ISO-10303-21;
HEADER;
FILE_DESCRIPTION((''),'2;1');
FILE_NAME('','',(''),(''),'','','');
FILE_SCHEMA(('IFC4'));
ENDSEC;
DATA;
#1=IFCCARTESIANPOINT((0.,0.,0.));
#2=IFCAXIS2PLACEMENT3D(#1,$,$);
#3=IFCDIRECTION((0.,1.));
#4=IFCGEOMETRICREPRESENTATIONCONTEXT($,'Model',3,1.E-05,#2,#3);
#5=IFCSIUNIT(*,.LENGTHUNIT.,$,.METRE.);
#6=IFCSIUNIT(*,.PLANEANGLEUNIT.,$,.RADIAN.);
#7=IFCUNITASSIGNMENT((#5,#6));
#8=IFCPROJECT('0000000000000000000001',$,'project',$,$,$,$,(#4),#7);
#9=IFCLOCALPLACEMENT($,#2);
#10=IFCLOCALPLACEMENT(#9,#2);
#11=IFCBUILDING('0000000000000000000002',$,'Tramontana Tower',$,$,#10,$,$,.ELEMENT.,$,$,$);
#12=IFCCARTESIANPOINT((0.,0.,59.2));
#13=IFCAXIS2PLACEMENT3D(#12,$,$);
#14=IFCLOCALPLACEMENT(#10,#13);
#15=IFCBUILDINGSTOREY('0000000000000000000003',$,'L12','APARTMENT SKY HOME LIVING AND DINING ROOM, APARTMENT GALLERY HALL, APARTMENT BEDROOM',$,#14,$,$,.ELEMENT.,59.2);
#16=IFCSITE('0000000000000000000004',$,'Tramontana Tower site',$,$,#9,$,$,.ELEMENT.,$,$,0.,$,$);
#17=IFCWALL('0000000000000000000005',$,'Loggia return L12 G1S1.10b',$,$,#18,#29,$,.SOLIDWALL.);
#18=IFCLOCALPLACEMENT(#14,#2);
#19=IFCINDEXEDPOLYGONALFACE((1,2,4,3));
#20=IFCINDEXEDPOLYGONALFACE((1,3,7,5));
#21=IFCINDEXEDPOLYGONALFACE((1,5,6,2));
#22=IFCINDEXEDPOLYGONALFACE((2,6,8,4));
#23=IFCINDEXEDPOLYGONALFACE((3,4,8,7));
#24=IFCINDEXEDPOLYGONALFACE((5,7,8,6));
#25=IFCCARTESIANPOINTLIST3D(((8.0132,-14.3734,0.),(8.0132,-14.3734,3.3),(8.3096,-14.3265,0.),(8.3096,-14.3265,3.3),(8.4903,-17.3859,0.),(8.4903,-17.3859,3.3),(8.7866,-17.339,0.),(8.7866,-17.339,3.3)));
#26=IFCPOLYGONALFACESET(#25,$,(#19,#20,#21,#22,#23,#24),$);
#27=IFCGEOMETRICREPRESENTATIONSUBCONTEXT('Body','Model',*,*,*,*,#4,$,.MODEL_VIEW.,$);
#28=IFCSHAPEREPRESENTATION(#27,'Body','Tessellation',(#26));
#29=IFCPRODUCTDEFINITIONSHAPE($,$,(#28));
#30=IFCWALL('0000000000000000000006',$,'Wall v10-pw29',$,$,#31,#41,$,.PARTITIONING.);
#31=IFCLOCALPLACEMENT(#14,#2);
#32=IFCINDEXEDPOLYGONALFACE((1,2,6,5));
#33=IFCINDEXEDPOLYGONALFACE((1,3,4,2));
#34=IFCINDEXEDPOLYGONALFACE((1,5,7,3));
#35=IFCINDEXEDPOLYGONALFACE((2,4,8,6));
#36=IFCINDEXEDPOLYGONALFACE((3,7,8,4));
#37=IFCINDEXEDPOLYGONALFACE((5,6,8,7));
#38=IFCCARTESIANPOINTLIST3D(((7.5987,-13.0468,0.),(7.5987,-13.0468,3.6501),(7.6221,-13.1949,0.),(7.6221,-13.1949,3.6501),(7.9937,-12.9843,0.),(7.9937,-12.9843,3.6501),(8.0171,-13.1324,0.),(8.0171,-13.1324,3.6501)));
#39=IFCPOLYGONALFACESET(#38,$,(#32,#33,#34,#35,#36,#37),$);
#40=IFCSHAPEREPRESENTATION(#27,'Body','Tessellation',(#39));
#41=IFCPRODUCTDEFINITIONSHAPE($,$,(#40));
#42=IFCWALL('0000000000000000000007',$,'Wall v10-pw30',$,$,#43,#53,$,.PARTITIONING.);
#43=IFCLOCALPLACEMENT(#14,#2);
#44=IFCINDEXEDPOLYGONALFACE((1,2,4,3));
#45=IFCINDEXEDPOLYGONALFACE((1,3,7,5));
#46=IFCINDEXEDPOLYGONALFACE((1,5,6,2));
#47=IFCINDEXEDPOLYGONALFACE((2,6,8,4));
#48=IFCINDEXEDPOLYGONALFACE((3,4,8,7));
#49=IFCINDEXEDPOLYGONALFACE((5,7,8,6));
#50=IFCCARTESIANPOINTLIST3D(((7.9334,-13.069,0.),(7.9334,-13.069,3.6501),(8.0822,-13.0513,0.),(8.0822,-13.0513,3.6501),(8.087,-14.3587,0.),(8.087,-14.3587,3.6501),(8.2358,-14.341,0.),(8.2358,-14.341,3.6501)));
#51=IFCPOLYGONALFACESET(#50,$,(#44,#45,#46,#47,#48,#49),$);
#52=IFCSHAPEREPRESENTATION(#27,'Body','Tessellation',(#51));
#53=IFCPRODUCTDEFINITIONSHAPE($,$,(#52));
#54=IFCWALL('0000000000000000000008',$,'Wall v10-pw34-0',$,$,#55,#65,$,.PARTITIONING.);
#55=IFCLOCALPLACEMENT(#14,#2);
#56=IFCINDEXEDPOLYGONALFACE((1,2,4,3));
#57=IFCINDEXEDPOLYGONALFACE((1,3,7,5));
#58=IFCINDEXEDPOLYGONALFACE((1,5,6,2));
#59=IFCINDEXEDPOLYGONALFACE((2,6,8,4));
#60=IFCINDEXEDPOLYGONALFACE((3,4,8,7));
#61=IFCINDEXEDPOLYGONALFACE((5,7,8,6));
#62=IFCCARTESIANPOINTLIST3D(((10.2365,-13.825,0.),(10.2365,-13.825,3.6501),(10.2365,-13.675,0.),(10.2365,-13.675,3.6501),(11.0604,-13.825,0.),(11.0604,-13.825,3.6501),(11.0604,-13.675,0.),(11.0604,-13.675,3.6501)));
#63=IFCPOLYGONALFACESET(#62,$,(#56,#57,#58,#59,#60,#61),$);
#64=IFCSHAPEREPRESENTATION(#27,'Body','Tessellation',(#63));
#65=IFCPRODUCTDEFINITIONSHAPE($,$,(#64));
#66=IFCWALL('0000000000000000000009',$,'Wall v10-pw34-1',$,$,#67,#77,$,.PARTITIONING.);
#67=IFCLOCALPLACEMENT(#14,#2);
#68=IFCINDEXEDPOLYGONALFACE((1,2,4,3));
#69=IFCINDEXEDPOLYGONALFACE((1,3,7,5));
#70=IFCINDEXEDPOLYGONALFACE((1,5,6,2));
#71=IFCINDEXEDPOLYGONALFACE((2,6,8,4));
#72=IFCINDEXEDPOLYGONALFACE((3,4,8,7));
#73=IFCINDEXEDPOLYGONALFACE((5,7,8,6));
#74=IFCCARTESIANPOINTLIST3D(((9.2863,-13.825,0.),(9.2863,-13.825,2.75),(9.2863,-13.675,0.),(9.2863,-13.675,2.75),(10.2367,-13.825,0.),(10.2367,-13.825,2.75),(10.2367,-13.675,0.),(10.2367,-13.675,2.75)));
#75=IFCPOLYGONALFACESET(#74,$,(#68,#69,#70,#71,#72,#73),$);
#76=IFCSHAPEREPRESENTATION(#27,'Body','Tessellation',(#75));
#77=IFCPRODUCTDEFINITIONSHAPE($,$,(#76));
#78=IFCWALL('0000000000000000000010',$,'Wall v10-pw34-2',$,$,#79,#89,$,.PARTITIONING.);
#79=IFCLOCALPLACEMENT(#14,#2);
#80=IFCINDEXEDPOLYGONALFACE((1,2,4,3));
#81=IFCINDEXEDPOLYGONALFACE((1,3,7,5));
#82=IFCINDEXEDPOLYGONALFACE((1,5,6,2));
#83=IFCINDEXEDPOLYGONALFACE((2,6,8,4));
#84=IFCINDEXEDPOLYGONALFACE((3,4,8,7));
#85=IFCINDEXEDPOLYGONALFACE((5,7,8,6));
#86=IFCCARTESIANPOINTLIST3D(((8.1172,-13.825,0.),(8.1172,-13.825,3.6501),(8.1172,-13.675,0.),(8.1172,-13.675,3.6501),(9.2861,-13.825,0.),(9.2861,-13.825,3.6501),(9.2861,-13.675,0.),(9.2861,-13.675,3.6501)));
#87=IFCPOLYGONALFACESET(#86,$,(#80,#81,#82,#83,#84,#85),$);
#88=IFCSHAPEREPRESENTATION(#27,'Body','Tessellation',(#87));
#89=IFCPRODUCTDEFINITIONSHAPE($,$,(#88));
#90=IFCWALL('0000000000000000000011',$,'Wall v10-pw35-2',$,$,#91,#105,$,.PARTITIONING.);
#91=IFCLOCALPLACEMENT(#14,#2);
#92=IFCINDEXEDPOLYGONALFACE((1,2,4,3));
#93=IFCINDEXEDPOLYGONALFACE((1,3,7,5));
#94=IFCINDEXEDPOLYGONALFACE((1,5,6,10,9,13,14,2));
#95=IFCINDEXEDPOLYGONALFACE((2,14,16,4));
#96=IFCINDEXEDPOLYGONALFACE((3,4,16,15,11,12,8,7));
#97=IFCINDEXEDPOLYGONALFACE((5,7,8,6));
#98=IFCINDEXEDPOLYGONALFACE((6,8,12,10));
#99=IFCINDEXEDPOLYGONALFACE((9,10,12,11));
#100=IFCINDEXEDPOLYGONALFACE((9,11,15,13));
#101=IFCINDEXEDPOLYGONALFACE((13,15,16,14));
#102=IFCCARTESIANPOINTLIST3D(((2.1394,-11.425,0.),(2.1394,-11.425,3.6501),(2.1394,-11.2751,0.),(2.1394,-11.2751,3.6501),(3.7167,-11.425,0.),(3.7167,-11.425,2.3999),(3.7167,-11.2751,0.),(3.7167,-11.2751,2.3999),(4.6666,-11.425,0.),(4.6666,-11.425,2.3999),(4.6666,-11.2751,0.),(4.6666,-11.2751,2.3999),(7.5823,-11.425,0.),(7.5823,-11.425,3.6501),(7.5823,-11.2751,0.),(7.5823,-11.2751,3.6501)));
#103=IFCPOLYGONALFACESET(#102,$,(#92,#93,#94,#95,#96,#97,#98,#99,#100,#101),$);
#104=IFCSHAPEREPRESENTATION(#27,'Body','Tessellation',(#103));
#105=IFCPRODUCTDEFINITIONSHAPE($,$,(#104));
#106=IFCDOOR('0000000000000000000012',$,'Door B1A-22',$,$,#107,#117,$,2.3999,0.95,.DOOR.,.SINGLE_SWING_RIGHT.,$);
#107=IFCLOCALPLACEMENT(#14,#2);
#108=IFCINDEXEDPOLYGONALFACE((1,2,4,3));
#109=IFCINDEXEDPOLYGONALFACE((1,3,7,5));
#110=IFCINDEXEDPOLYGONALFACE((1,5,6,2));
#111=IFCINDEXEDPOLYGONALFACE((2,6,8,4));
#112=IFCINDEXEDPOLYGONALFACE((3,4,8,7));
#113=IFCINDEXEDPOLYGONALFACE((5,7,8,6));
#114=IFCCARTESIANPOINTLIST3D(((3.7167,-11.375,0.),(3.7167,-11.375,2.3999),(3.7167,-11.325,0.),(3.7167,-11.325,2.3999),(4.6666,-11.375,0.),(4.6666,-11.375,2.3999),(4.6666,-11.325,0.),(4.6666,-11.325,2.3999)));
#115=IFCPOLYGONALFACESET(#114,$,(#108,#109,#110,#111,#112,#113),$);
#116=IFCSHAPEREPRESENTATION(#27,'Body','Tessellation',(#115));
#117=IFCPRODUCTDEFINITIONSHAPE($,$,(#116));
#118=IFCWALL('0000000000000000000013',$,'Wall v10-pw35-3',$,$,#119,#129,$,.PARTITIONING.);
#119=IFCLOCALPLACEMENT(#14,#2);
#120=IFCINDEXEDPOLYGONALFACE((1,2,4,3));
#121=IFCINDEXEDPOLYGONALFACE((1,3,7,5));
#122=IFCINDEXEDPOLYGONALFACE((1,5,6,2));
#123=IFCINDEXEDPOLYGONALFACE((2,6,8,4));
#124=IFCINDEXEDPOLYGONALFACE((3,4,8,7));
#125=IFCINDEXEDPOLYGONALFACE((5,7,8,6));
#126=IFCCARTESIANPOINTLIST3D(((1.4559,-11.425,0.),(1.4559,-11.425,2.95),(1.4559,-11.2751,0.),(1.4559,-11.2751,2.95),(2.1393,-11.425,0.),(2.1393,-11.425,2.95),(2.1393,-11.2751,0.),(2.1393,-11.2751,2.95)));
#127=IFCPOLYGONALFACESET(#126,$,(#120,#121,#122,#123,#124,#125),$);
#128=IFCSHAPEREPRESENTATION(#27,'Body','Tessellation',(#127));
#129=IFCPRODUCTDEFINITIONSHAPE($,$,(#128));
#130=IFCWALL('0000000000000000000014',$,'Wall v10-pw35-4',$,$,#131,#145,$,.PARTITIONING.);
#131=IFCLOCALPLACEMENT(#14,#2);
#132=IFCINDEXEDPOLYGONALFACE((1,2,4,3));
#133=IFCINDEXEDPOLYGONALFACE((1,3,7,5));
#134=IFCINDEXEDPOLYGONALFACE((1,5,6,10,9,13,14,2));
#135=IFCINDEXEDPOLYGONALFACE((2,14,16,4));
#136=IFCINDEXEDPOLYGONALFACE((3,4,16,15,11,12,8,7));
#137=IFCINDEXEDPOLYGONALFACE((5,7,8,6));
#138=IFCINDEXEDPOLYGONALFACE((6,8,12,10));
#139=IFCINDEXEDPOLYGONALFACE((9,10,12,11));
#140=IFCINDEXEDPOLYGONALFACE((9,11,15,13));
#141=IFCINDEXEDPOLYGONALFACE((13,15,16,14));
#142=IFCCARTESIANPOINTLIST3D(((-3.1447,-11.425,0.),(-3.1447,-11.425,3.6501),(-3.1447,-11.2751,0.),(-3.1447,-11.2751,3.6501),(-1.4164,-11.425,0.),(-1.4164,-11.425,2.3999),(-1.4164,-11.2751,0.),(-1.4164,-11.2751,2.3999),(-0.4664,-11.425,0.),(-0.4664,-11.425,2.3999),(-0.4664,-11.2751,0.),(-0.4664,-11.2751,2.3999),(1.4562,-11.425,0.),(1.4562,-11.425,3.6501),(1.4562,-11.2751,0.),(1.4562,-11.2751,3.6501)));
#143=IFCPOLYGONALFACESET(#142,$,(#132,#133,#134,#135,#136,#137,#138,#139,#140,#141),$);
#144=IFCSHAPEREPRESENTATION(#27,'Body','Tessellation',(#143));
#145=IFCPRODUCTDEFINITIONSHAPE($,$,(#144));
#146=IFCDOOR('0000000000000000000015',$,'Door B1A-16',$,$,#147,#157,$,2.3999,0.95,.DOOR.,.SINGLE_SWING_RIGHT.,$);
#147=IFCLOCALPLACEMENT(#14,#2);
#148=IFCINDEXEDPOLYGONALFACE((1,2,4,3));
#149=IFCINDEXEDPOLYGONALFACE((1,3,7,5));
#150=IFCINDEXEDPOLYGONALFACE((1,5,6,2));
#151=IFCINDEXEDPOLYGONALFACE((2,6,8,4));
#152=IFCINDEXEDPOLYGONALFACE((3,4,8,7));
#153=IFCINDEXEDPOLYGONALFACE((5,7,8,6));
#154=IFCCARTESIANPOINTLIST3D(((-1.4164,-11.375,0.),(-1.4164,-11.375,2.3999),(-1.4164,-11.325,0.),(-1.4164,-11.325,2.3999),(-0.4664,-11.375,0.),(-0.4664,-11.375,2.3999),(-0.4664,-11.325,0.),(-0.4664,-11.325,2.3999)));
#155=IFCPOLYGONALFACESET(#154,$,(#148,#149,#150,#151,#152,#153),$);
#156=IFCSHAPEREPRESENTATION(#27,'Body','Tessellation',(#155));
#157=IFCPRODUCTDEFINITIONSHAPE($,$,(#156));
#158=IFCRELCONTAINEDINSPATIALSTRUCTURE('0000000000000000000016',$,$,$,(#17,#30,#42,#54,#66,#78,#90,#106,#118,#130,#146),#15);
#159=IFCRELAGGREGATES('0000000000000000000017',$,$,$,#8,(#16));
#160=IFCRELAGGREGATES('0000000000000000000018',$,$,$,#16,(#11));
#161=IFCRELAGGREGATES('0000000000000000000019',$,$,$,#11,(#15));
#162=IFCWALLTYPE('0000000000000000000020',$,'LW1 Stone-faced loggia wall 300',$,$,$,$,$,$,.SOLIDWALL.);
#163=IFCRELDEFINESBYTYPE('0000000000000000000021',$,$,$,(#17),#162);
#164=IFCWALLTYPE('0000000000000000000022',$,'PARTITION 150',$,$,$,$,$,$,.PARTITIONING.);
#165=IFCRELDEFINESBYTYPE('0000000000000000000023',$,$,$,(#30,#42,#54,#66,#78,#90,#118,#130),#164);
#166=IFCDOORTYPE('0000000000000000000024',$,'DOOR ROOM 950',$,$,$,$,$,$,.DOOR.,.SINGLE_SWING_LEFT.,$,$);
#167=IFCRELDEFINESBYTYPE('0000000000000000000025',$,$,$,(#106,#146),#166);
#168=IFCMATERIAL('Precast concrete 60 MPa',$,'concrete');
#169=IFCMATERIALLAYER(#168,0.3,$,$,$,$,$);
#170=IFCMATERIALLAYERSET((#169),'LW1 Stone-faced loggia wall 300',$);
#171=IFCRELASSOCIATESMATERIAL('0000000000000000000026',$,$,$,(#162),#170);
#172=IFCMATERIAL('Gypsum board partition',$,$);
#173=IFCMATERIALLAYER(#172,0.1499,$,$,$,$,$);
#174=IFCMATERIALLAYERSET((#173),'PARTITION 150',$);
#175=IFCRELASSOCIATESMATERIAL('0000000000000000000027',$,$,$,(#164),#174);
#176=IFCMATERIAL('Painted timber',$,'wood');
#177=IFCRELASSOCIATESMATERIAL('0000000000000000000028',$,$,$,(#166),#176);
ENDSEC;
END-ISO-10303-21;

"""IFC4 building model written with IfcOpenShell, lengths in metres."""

from ifc_helpers import new_model, si_unit, direction, frame, frame_2d, origin, place, context, subcontext, project, spatial, rectangle, extrude, material, layer, layer_set, type_object, element, fill, save


model = new_model("IFC4")

# Units and contexts
model_context = context("Model", 3, precision=1e-05, world=origin(), true_north=direction((0.0, 1.0)))
body_context = subcontext(model_context, "Body", "Model", "MODEL_VIEW")
ifc_project = project(units=[si_unit("LENGTHUNIT", "METRE"), si_unit("PLANEANGLEUNIT", "RADIAN")], contexts=[model_context])

# Site, building, storey
site_placement = place(None, origin())
site = spatial("IfcSite", under=ifc_project, at=site_placement, Name="Tramontana Tower site", CompositionType="ELEMENT", RefElevation=0.0)
building_placement = place(site_placement, origin())
building = spatial("IfcBuilding", under=site, at=building_placement, Name="Tramontana Tower", CompositionType="ELEMENT")
storey_placement = place(building_placement, frame((0.0, 0.0, 59.2)))
storey = spatial("IfcBuildingStorey", under=building, at=storey_placement, Name="L12", Description="APARTMENT SKY HOME LIVING AND DINING ROOM, APARTMENT GALLERY HALL, APARTMENT BEDROOM", CompositionType="ELEMENT", Elevation=59.2)

# Shared definitions
ifc_material_1 = material(Name="Precast concrete 60 MPa", Category="concrete")
ifc_layer_1 = layer(ifc_material_1, 0.3)
ifc_layer_set_1 = layer_set([ifc_layer_1], Name="LW1 Stone-faced loggia wall 300")
wall_type_1 = type_object("IfcWallType", Name="LW1 Stone-faced loggia wall 300", PredefinedType="SOLIDWALL", material=ifc_layer_set_1)

# Wall
for number, where, z_axis, x_axis, name in (
    (1, (8.6384, -17.3623, 0.0), (0.0, 0.0, 1.0), (-0.156411, 0.987692, 0.0), "Loggia return L12 G1S1.10b"),
):
    element("IfcWall", number, at=place(storey_placement, frame(where, z_axis=z_axis, x_axis=x_axis)), inside=storey, type_object=wall_type_1, Name=name, PredefinedType="SOLIDWALL", context=body_context, shape_type="SweptSolid", body=[
        extrude(rectangle(XDim=3.05, YDim=0.3, at=frame_2d((1.5249, 0.0))), origin(), (0.0, 0.0, 1.0), 3.3),
    ])

# Shared definitions
ifc_material_2 = material(Name="Gypsum board partition")
ifc_layer_2 = layer(ifc_material_2, 0.1499)
ifc_layer_set_2 = layer_set([ifc_layer_2], Name="PARTITION 150")
wall_type_2 = type_object("IfcWallType", Name="PARTITION 150", PredefinedType="PARTITIONING", material=ifc_layer_set_2)

# Walls
wall_1_placement = place(storey_placement, frame((8.0054, -13.0583, 0.0), z_axis=(0.0, 0.0, 1.0), x_axis=(-0.987713, -0.156276, 0.0)))
element("IfcWall", 2, at=wall_1_placement, inside=storey, type_object=wall_type_2, Name="Wall v10-pw29", PredefinedType="PARTITIONING", context=body_context, shape_type="SweptSolid", body=[
    extrude(rectangle(XDim=0.3999, YDim=0.1499, at=frame_2d((0.2, 0.0))), origin(), (0.0, 0.0, 1.0), 3.6501),
])
wall_2_placement = place(storey_placement, frame((8.1614, -14.3499, 0.0), z_axis=(0.0, 0.0, 1.0), x_axis=(-0.118226, 0.992987, 0.0)))
element("IfcWall", 3, at=wall_2_placement, inside=storey, type_object=wall_type_2, Name="Wall v10-pw30", PredefinedType="PARTITIONING", context=body_context, shape_type="SweptSolid", body=[
    extrude(rectangle(XDim=1.2988, YDim=0.1499, at=frame_2d((0.6494, 0.0))), origin(), (0.0, 0.0, 1.0), 3.6501),
])

# Walls
wall_3_placement = place(storey_placement, frame((11.0605, -13.75, 0.0), z_axis=(0.0, 0.0, 1.0), x_axis=(-1.0, 0.0, 0.0)))
element("IfcWall", 4, at=wall_3_placement, inside=storey, type_object=wall_type_2, Name="Wall v10-pw34-0", PredefinedType="PARTITIONING", context=body_context, shape_type="SweptSolid", body=[
    extrude(rectangle(XDim=0.824, YDim=0.1499, at=frame_2d((0.4121, 0.0))), origin(), (0.0, 0.0, 1.0), 3.6501),
])
wall_4_placement = place(storey_placement, frame((10.2366, -13.75, 0.0), z_axis=(0.0, 0.0, 1.0), x_axis=(-1.0, 0.0, 0.0)))
element("IfcWall", 5, at=wall_4_placement, inside=storey, type_object=wall_type_2, Name="Wall v10-pw34-1", PredefinedType="PARTITIONING", context=body_context, shape_type="SweptSolid", body=[
    extrude(rectangle(XDim=0.9504, YDim=0.1499, at=frame_2d((0.4751, 0.0))), origin(), (0.0, 0.0, 1.0), 2.75),
])
wall_5_placement = place(storey_placement, frame((9.2861, -13.75, 0.0), z_axis=(0.0, 0.0, 1.0), x_axis=(-1.0, 0.0, 0.0)))
element("IfcWall", 6, at=wall_5_placement, inside=storey, type_object=wall_type_2, Name="Wall v10-pw34-2", PredefinedType="PARTITIONING", context=body_context, shape_type="SweptSolid", body=[
    extrude(rectangle(XDim=1.1689, YDim=0.1499, at=frame_2d((0.5845, 0.0))), origin(), (0.0, 0.0, 1.0), 3.6501),
])

# Wall, opening, door
wall_6_placement = place(storey_placement, frame((7.5823, -11.3501, 0.0), z_axis=(0.0, 0.0, 1.0), x_axis=(-1.0, 0.0, 0.0)))
wall_6 = element("IfcWall", 7, at=wall_6_placement, inside=storey, type_object=wall_type_2, Name="Wall v10-pw35-2", PredefinedType="PARTITIONING", context=body_context, shape_type="SweptSolid", body=[
    extrude(rectangle(XDim=5.4429, YDim=0.1499, at=frame_2d((2.7214, 0.0))), origin(), (0.0, 0.0, 1.0), 3.6501),
])
opening_1_placement = place(wall_6_placement, frame((2.9155, 0.0, 0.0)))
opening_1 = element("IfcOpeningElement", 8, at=opening_1_placement, cuts=wall_6, PredefinedType="OPENING", context=body_context, shape_type="SweptSolid", body=[
    extrude(rectangle(XDim=0.95, YDim=2.3999, at=frame_2d((0.4751, 1.2))), frame((0.0, 0.085, 0.0), z_axis=(0.0, -1.0, 0.0), x_axis=(1.0, 0.0, 0.0)), (0.0, 0.0, 1.0), 0.1699),
])
ifc_material_3 = material(Name="Painted timber", Category="wood")
door_type_1 = type_object("IfcDoorType", Name="DOOR ROOM 950", OperationType="SINGLE_SWING_LEFT", PredefinedType="DOOR", material=ifc_material_3)
door_1_placement = place(opening_1_placement, origin())
door_1 = element("IfcDoor", 9, at=door_1_placement, inside=storey, type_object=door_type_1, Name="Door B1A-22", OperationType="SINGLE_SWING_RIGHT", OverallHeight=2.3999, OverallWidth=0.95, PredefinedType="DOOR", context=body_context, shape_type="SweptSolid", body=[
    extrude(rectangle(XDim=0.95, YDim=2.3999, at=frame_2d((0.4751, 1.2))), frame((0.0, 0.0249, 0.0), z_axis=(0.0, -1.0, 0.0), x_axis=(1.0, 0.0, 0.0)), (0.0, 0.0, 1.0), 0.05),
])
fill(opening_1, door_1)

# Wall
wall_7_placement = place(storey_placement, frame((2.1394, -11.3501, 0.0), z_axis=(0.0, 0.0, 1.0), x_axis=(-1.0, 0.0, 0.0)))
element("IfcWall", 10, at=wall_7_placement, inside=storey, type_object=wall_type_2, Name="Wall v10-pw35-3", PredefinedType="PARTITIONING", context=body_context, shape_type="SweptSolid", body=[
    extrude(rectangle(XDim=0.6833, YDim=0.1499, at=frame_2d((0.3418, 0.0))), origin(), (0.0, 0.0, 1.0), 2.95),
])

# Wall, opening, door
wall_8_placement = place(storey_placement, frame((1.4561, -11.3501, 0.0), z_axis=(0.0, 0.0, 1.0), x_axis=(-1.0, 0.0, 0.0)))
wall_8 = element("IfcWall", 11, at=wall_8_placement, inside=storey, type_object=wall_type_2, Name="Wall v10-pw35-4", PredefinedType="PARTITIONING", context=body_context, shape_type="SweptSolid", body=[
    extrude(rectangle(XDim=4.6008, YDim=0.1499, at=frame_2d((2.3003, 0.0))), origin(), (0.0, 0.0, 1.0), 3.6501),
])
opening_2_placement = place(wall_8_placement, frame((1.9224, 0.0, 0.0)))
opening_2 = element("IfcOpeningElement", 12, at=opening_2_placement, cuts=wall_8, PredefinedType="OPENING", context=body_context, shape_type="SweptSolid", body=[
    extrude(rectangle(XDim=0.95, YDim=2.3999, at=frame_2d((0.4751, 1.2))), frame((0.0, 0.085, 0.0), z_axis=(0.0, -1.0, 0.0), x_axis=(1.0, 0.0, 0.0)), (0.0, 0.0, 1.0), 0.1699),
])
door_2_placement = place(opening_2_placement, origin())
door_2 = element("IfcDoor", 13, at=door_2_placement, inside=storey, type_object=door_type_1, Name="Door B1A-16", OperationType="SINGLE_SWING_RIGHT", OverallHeight=2.3999, OverallWidth=0.95, PredefinedType="DOOR", context=body_context, shape_type="SweptSolid", body=[
    extrude(rectangle(XDim=0.95, YDim=2.3999, at=frame_2d((0.4751, 1.2))), frame((0.0, 0.0249, 0.0), z_axis=(0.0, -1.0, 0.0), x_axis=(1.0, 0.0, 0.0)), (0.0, 0.0, 1.0), 0.05),
])
fill(opening_2, door_2)

save(model, "model.ifc")
